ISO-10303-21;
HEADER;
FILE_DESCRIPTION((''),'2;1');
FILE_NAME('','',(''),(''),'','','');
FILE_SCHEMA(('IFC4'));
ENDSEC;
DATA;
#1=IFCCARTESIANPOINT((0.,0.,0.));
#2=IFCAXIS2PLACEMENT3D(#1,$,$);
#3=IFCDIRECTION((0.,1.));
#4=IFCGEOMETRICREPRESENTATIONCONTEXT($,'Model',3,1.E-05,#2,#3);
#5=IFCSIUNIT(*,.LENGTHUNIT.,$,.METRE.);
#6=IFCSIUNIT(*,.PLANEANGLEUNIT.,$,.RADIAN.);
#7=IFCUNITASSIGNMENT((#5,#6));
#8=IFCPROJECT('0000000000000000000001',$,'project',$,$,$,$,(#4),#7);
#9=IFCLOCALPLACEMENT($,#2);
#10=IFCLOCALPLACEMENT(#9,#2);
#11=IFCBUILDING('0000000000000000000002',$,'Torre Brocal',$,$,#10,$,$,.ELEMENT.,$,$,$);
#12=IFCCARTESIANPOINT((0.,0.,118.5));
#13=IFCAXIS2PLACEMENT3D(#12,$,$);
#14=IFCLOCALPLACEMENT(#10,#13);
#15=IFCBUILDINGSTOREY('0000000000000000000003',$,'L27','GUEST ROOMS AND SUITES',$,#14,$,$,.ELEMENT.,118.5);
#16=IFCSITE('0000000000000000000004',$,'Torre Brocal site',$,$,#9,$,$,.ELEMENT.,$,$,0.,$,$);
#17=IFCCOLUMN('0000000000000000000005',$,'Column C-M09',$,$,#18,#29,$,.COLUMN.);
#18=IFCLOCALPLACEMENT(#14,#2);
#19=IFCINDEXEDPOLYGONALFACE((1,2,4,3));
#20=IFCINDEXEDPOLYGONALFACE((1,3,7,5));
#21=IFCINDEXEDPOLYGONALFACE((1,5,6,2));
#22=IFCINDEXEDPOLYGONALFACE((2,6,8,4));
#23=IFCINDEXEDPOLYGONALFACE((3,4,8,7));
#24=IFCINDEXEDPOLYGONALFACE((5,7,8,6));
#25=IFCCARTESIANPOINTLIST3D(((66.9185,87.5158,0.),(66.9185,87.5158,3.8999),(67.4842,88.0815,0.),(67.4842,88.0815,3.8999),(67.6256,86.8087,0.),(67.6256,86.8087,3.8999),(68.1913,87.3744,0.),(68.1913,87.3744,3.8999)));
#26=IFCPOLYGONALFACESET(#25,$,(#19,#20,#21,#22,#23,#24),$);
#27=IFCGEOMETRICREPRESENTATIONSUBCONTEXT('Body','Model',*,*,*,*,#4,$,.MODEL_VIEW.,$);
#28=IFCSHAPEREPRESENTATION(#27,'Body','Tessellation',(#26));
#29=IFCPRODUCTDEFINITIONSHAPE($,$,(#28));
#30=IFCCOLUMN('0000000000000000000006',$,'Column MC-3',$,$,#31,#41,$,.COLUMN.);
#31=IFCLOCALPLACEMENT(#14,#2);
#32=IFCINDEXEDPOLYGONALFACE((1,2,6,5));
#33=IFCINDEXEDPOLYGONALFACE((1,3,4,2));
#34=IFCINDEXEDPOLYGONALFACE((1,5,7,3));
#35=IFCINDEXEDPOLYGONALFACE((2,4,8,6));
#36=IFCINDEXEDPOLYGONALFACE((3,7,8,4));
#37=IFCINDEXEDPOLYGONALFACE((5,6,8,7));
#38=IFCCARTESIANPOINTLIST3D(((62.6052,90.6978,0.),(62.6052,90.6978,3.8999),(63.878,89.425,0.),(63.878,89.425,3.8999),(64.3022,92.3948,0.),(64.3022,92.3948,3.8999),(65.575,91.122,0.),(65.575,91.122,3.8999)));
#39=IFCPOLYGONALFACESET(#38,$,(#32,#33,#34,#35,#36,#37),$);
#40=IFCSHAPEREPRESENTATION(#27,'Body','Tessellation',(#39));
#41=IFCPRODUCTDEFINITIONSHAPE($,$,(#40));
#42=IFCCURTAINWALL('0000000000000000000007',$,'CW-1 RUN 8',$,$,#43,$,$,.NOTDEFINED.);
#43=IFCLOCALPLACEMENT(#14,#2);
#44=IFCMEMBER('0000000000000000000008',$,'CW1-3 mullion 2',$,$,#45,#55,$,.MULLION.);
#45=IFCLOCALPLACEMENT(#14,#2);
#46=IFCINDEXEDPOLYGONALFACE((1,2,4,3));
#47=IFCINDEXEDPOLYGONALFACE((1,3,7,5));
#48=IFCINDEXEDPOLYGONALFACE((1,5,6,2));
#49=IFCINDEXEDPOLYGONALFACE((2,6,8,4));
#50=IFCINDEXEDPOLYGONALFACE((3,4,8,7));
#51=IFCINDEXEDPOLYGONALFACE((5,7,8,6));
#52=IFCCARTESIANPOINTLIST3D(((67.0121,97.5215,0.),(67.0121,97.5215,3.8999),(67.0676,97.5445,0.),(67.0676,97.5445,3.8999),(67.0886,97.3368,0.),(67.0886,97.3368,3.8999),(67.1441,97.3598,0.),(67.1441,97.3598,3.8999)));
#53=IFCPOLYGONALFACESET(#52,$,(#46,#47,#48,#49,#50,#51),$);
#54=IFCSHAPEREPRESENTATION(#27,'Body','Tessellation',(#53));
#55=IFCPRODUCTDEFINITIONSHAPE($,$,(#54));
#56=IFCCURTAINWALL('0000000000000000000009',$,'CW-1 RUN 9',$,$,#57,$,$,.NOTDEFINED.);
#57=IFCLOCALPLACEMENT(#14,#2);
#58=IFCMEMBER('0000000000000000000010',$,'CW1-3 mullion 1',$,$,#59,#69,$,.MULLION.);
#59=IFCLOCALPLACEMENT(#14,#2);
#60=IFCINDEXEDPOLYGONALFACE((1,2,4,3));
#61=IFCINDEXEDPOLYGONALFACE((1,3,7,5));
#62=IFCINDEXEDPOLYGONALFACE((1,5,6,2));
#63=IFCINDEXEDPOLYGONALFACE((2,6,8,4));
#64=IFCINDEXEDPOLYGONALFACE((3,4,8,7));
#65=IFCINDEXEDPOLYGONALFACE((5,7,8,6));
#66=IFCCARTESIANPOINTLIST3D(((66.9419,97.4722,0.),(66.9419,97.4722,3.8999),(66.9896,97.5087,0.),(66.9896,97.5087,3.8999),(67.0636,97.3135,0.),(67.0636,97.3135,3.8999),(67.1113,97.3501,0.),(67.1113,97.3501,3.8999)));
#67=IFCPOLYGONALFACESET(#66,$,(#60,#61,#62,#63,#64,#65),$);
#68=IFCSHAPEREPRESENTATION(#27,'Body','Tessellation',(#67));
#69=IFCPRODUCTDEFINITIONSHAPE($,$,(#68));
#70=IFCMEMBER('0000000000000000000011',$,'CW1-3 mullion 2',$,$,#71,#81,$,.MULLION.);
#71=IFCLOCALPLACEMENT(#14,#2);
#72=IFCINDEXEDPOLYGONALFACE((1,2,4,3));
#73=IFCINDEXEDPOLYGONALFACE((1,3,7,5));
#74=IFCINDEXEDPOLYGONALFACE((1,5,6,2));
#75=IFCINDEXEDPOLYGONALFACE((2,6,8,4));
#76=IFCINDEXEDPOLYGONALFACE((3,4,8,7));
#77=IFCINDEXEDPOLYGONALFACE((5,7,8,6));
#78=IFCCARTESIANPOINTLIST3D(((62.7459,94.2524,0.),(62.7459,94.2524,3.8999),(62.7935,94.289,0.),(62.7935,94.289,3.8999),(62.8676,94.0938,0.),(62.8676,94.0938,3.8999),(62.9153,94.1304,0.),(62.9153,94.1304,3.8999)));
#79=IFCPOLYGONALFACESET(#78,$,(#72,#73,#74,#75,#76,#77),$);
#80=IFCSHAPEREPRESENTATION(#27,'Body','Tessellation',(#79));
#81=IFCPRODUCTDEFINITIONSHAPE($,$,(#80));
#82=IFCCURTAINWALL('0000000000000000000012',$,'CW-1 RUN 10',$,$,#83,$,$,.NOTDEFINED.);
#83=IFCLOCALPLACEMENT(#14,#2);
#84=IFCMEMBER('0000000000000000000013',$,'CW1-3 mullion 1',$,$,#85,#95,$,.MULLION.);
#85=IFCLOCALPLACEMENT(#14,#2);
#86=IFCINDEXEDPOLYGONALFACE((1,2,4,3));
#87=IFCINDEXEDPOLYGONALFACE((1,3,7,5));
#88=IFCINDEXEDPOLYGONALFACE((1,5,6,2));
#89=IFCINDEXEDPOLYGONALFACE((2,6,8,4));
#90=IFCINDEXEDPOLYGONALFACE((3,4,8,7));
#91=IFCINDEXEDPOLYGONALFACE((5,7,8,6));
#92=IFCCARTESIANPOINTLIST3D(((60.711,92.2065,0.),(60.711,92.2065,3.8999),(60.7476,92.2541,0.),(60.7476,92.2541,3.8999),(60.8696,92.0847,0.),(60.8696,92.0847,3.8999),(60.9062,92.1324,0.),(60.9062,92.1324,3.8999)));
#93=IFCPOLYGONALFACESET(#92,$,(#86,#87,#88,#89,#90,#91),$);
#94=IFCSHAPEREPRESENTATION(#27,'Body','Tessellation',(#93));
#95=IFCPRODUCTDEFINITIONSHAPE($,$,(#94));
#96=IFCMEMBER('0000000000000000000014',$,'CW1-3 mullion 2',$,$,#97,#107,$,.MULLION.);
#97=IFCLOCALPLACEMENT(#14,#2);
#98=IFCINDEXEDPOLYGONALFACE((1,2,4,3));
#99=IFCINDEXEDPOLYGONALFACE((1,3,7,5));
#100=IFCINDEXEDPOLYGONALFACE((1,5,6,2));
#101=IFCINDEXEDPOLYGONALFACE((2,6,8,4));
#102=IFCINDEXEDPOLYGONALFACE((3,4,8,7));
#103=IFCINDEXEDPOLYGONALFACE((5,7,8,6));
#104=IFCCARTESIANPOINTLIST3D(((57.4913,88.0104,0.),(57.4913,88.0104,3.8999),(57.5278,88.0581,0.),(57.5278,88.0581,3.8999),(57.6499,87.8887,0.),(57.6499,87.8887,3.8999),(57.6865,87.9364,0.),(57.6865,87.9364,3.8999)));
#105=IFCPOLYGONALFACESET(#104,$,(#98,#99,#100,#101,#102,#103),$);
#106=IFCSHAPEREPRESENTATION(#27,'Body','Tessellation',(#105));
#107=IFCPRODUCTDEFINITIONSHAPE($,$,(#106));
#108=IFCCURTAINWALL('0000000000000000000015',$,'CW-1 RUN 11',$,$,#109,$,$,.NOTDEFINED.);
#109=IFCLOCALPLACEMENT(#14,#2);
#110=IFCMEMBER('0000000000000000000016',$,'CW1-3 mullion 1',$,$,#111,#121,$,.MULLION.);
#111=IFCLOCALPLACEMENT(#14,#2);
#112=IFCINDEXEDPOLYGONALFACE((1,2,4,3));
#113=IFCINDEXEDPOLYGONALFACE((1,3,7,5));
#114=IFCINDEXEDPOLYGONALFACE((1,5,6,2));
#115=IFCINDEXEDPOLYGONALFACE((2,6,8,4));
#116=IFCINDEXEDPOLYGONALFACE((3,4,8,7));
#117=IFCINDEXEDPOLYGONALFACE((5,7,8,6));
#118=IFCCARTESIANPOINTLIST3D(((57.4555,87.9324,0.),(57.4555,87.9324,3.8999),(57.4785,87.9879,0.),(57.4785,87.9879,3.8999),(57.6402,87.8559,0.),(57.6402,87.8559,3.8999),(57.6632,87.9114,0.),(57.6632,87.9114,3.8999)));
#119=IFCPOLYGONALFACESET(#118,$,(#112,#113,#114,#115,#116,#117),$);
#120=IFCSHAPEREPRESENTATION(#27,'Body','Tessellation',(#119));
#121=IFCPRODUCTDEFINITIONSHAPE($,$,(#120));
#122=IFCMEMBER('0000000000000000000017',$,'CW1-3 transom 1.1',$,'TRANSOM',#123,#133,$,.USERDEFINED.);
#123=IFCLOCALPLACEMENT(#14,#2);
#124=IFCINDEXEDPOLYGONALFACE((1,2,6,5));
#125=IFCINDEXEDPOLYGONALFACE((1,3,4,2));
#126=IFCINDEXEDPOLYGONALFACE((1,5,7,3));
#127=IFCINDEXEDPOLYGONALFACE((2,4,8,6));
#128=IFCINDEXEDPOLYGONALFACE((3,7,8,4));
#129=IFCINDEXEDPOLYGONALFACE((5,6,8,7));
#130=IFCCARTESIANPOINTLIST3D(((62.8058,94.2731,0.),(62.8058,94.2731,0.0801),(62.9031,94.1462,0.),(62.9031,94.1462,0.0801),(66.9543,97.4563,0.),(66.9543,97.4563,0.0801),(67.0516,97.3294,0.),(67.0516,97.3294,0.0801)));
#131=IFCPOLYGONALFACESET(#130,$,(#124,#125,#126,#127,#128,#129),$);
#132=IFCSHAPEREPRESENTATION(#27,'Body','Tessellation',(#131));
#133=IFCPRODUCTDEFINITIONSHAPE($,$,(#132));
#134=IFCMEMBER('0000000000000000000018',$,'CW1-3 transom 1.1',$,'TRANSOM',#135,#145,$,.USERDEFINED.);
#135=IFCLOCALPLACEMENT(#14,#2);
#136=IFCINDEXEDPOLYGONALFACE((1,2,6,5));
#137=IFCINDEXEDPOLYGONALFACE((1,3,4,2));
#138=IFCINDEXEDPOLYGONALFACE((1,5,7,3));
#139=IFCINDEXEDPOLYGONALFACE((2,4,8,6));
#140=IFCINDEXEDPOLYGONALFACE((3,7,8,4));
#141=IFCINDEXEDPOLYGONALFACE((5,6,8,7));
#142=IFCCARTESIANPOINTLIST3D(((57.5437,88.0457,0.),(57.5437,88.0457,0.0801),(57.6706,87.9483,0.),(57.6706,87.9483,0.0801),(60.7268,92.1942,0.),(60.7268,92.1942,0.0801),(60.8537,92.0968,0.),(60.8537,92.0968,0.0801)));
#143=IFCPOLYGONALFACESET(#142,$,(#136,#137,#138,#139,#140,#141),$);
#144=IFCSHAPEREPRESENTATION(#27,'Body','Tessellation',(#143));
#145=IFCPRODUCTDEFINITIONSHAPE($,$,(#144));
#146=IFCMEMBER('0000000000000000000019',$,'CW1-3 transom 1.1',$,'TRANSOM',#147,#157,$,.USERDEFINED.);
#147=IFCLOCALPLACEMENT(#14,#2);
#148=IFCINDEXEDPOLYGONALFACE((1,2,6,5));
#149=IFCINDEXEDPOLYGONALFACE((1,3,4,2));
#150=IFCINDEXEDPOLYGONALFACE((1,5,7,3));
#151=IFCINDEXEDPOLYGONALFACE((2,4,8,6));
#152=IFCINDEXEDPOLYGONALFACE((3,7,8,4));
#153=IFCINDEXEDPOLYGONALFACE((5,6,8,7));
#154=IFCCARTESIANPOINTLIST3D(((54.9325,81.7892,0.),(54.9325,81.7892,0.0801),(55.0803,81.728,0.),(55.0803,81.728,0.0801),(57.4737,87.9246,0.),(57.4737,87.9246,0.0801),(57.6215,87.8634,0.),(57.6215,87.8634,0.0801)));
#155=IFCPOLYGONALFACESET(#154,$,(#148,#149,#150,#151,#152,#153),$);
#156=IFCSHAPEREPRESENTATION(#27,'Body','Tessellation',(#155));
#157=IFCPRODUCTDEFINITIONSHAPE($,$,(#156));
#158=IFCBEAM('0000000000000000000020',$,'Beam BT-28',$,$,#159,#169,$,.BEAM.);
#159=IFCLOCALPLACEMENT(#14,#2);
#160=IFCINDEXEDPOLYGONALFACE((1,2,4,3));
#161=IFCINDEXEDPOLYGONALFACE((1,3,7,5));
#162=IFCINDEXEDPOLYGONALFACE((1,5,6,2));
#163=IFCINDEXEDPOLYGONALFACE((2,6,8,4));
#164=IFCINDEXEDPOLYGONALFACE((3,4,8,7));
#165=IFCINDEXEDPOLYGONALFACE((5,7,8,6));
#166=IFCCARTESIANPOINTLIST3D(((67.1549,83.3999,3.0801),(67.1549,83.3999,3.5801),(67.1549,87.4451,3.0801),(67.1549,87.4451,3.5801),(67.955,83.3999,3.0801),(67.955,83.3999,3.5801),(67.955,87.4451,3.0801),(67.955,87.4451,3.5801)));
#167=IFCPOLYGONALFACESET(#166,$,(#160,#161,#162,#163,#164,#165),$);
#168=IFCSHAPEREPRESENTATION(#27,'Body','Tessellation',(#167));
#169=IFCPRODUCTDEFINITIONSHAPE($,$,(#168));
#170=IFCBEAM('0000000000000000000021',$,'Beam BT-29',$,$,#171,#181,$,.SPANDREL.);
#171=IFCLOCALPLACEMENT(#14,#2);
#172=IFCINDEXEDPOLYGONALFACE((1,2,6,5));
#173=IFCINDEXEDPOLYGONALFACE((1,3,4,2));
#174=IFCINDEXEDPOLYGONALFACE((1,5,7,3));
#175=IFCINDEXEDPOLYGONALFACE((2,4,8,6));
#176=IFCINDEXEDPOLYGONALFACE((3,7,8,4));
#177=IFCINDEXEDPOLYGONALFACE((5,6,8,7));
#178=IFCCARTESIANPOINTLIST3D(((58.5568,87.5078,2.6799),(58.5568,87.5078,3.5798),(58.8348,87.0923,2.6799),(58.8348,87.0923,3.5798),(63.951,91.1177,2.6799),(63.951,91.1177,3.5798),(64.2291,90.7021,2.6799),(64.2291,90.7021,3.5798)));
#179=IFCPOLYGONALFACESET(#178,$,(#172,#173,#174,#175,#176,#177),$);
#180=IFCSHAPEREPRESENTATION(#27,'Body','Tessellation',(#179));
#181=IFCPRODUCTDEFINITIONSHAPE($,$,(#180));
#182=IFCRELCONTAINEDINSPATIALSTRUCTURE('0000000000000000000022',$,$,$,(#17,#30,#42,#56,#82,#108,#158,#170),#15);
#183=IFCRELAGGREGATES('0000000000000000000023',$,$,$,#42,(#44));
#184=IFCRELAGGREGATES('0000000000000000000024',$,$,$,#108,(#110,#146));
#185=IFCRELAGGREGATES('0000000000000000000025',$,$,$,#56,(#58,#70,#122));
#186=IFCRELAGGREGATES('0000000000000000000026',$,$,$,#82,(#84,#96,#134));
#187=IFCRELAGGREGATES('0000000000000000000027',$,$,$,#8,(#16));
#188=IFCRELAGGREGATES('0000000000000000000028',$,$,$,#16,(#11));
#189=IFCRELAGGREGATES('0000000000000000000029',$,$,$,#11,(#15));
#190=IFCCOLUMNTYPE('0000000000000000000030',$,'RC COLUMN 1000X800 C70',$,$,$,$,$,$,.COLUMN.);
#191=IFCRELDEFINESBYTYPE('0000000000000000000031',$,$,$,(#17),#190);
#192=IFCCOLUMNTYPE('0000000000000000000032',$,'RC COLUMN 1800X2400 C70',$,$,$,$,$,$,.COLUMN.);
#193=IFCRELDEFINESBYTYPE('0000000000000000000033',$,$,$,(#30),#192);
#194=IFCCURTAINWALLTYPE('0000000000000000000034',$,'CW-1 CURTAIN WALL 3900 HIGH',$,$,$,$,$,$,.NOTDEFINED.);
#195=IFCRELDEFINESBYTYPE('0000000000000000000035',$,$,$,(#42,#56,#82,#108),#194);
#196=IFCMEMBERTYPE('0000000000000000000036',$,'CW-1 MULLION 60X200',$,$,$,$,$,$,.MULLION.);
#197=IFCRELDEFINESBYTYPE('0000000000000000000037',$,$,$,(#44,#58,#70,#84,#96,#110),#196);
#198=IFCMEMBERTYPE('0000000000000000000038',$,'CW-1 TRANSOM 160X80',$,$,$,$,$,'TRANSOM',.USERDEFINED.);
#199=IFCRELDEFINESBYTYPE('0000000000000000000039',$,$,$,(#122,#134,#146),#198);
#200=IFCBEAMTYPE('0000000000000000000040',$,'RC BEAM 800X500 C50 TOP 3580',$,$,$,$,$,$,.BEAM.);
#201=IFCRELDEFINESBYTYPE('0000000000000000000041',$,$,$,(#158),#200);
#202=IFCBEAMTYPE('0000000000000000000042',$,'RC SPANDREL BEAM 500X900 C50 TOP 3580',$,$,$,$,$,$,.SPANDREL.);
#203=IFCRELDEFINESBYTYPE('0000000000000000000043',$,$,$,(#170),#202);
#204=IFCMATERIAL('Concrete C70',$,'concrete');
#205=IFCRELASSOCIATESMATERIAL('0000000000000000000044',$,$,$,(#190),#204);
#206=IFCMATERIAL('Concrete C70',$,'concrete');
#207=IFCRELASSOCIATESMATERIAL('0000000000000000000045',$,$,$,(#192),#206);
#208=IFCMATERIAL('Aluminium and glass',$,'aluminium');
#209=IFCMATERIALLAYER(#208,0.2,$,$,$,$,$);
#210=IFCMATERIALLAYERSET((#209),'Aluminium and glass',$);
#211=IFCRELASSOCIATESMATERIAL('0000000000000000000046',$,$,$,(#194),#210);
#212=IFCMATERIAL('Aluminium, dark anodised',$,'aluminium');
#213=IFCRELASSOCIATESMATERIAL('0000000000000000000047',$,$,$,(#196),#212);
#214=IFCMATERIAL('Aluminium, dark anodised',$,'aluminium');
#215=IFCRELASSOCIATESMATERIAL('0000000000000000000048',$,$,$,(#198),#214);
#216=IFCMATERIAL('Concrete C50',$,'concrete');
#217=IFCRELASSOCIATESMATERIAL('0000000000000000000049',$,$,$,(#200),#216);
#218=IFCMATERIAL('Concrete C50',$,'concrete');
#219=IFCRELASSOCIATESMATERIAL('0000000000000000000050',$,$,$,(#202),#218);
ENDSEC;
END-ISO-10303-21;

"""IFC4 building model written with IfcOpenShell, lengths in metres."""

from ifc_helpers import new_model, si_unit, direction, frame, origin, origin_2d, place, context, subcontext, project, spatial, rectangle, extrude, material, layer, layer_set, material_profile, profile_set, type_object, element, aggregate, save


model = new_model("IFC4")

# Units and contexts
model_context = context("Model", 3, precision=1e-05, world=origin(), true_north=direction((0.0, 1.0)))
body_context = subcontext(model_context, "Body", "Model", "MODEL_VIEW")
ifc_project = project(units=[si_unit("LENGTHUNIT", "METRE"), si_unit("PLANEANGLEUNIT", "RADIAN")], contexts=[model_context])

# Site, building, storey
site_placement = place(None, origin())
site = spatial("IfcSite", under=ifc_project, at=site_placement, Name="Torre Brocal site", CompositionType="ELEMENT", RefElevation=0.0)
building_placement = place(site_placement, origin())
building = spatial("IfcBuilding", under=site, at=building_placement, Name="Torre Brocal", CompositionType="ELEMENT")
storey_placement = place(building_placement, frame((0.0, 0.0, 118.5)))
storey = spatial("IfcBuildingStorey", under=building, at=storey_placement, Name="L27", Description="GUEST ROOMS AND SUITES", CompositionType="ELEMENT", Elevation=118.5)

# Columns
ifc_material_1 = material(Name="Concrete C70", Category="concrete")
ifc_material_profile_1 = material_profile(ifc_material_1, rectangle(XDim=1.0, YDim=0.8, at=origin_2d()), Name="RC 1000X800")
ifc_profile_set_1 = profile_set([ifc_material_profile_1], Name="Concrete C70")
column_type_1 = type_object("IfcColumnType", Name="RC COLUMN 1000X800 C70", PredefinedType="COLUMN", material=ifc_profile_set_1)
column_1_placement = place(storey_placement, frame((67.5549, 87.4451, 0.0), z_axis=(0.0, 0.0, 1.0), x_axis=(-0.707107, 0.707107, 0.0)))
element("IfcColumn", 1, at=column_1_placement, inside=storey, type_object=column_type_1, Name="Column C-M09", PredefinedType="COLUMN", context=body_context, shape_type="SweptSolid", body=[
    extrude(rectangle(XDim=1.0, YDim=0.8, at=origin_2d()), origin(), (0.0, 0.0, 1.0), 3.8999),
])
ifc_material_2 = material(Name="Concrete C70", Category="concrete")
ifc_material_profile_2 = material_profile(ifc_material_2, rectangle(XDim=1.8, YDim=2.3999, at=origin_2d()), Name="RC 1800X2400")
ifc_profile_set_2 = profile_set([ifc_material_profile_2], Name="Concrete C70")
column_type_2 = type_object("IfcColumnType", Name="RC COLUMN 1800X2400 C70", PredefinedType="COLUMN", material=ifc_profile_set_2)
column_2_placement = place(storey_placement, frame((64.0901, 90.9099, 0.0), z_axis=(0.0, 0.0, 1.0), x_axis=(-0.707107, 0.707107, 0.0)))
element("IfcColumn", 2, at=column_2_placement, inside=storey, type_object=column_type_2, Name="Column MC-3", PredefinedType="COLUMN", context=body_context, shape_type="SweptSolid", body=[
    extrude(rectangle(XDim=1.8, YDim=2.3999, at=origin_2d()), origin(), (0.0, 0.0, 1.0), 3.8999),
])

# Curtain wall, member
ifc_material_3 = material(Name="Aluminium and glass", Category="aluminium")
ifc_layer_1 = layer(ifc_material_3, 0.2)
ifc_layer_set_1 = layer_set([ifc_layer_1], Name="Aluminium and glass")
curtain_wall_type = type_object("IfcCurtainWallType", Name="CW-1 CURTAIN WALL 3900 HIGH", PredefinedType="NOTDEFINED", material=ifc_layer_set_1)
curtain_wall_1_placement = place(storey_placement, origin())
curtain_wall_1 = element("IfcCurtainWall", 3, at=curtain_wall_1_placement, inside=storey, type_object=curtain_wall_type, Name="CW-1 RUN 8", PredefinedType="NOTDEFINED")
ifc_material_4 = material(Name="Aluminium, dark anodised", Category="aluminium")
ifc_material_profile_3 = material_profile(ifc_material_4, rectangle(XDim=0.2, YDim=0.0601, at=origin_2d()), Name="CW-1 MULLION 60X200")
ifc_profile_set_3 = profile_set([ifc_material_profile_3], Name="Aluminium, dark anodised")
member_type_1 = type_object("IfcMemberType", Name="CW-1 MULLION 60X200", PredefinedType="MULLION", material=ifc_profile_set_3)
member_1_placement = place(storey_placement, frame((67.0781, 97.4407, 0.0), z_axis=(0.0, 0.0, 1.0), x_axis=(0.382683, -0.92388, 0.0)))
member_1 = element("IfcMember", 4, at=member_1_placement, type_object=member_type_1, Name="CW1-3 mullion 2", PredefinedType="MULLION", context=body_context, shape_type="SweptSolid", body=[
    extrude(rectangle(XDim=0.2, YDim=0.0601, at=origin_2d()), origin(), (0.0, 0.0, 1.0), 3.8999),
])
aggregate(curtain_wall_1, [member_1])

# Curtain walls, members
curtain_wall_2_placement = place(storey_placement, origin())
curtain_wall_2 = element("IfcCurtainWall", 5, at=curtain_wall_2_placement, inside=storey, type_object=curtain_wall_type, Name="CW-1 RUN 9", PredefinedType="NOTDEFINED")
member_2_placement = place(storey_placement, frame((67.0266, 97.4111, 0.0), z_axis=(0.0, 0.0, 1.0), x_axis=(0.608761, -0.793353, 0.0)))
member_2 = element("IfcMember", 6, at=member_2_placement, type_object=member_type_1, Name="CW1-3 mullion 1", PredefinedType="MULLION", context=body_context, shape_type="SweptSolid", body=[
    extrude(rectangle(XDim=0.2, YDim=0.0601, at=origin_2d()), origin(), (0.0, 0.0, 1.0), 3.8999),
])
member_3_placement = place(storey_placement, frame((62.8306, 94.1914, 0.0), z_axis=(0.0, 0.0, 1.0), x_axis=(0.608761, -0.793353, 0.0)))
member_3 = element("IfcMember", 7, at=member_3_placement, type_object=member_type_1, Name="CW1-3 mullion 2", PredefinedType="MULLION", context=body_context, shape_type="SweptSolid", body=[
    extrude(rectangle(XDim=0.2, YDim=0.0601, at=origin_2d()), origin(), (0.0, 0.0, 1.0), 3.8999),
])
curtain_wall_3_placement = place(storey_placement, origin())
curtain_wall_3 = element("IfcCurtainWall", 8, at=curtain_wall_3_placement, inside=storey, type_object=curtain_wall_type, Name="CW-1 RUN 10", PredefinedType="NOTDEFINED")
member_4_placement = place(storey_placement, frame((60.8086, 92.1694, 0.0), z_axis=(0.0, 0.0, 1.0), x_axis=(0.793353, -0.608761, 0.0)))
member_4 = element("IfcMember", 9, at=member_4_placement, type_object=member_type_1, Name="CW1-3 mullion 1", PredefinedType="MULLION", context=body_context, shape_type="SweptSolid", body=[
    extrude(rectangle(XDim=0.2, YDim=0.0601, at=origin_2d()), origin(), (0.0, 0.0, 1.0), 3.8999),
])
member_5_placement = place(storey_placement, frame((57.5889, 87.9734, 0.0), z_axis=(0.0, 0.0, 1.0), x_axis=(0.793353, -0.608761, 0.0)))
member_5 = element("IfcMember", 10, at=member_5_placement, type_object=member_type_1, Name="CW1-3 mullion 2", PredefinedType="MULLION", context=body_context, shape_type="SweptSolid", body=[
    extrude(rectangle(XDim=0.2, YDim=0.0601, at=origin_2d()), origin(), (0.0, 0.0, 1.0), 3.8999),
])

# Curtain wall, member
curtain_wall_4_placement = place(storey_placement, origin())
curtain_wall_4 = element("IfcCurtainWall", 11, at=curtain_wall_4_placement, inside=storey, type_object=curtain_wall_type, Name="CW-1 RUN 11", PredefinedType="NOTDEFINED")
member_6_placement = place(storey_placement, frame((57.5593, 87.9219, 0.0), z_axis=(0.0, 0.0, 1.0), x_axis=(0.92388, -0.382683, 0.0)))
member_6 = element("IfcMember", 12, at=member_6_placement, type_object=member_type_1, Name="CW1-3 mullion 1", PredefinedType="MULLION", context=body_context, shape_type="SweptSolid", body=[
    extrude(rectangle(XDim=0.2, YDim=0.0601, at=origin_2d()), origin(), (0.0, 0.0, 1.0), 3.8999),
])

# Members
ifc_material_5 = material(Name="Aluminium, dark anodised", Category="aluminium")
ifc_material_profile_4 = material_profile(ifc_material_5, rectangle(XDim=0.1599, YDim=0.0801, at=origin_2d()), Name="CW-1 TRANSOM 160X80")
ifc_profile_set_4 = profile_set([ifc_material_profile_4], Name="Aluminium, dark anodised")
member_type_2 = type_object("IfcMemberType", Name="CW-1 TRANSOM 160X80", ElementType="TRANSOM", PredefinedType="USERDEFINED", material=ifc_profile_set_4)
member_7_placement = place(storey_placement, frame((67.0029, 97.3928, 0.04), z_axis=(-0.793363, -0.608749, 0.0), x_axis=(0.608749, -0.793363, 0.0)))
member_7 = element("IfcMember", 13, at=member_7_placement, type_object=member_type_2, Name="CW1-3 transom 1.1", ObjectType="TRANSOM", PredefinedType="USERDEFINED", context=body_context, shape_type="SweptSolid", body=[
    extrude(rectangle(XDim=0.1599, YDim=0.0801, at=origin_2d()), origin(), (0.0, 0.0, 1.0), 5.229),
])
member_8_placement = place(storey_placement, frame((60.7903, 92.1455, 0.04), z_axis=(-0.608749, -0.793363, 0.0), x_axis=(0.793363, -0.608749, 0.0)))
member_8 = element("IfcMember", 14, at=member_8_placement, type_object=member_type_2, Name="CW1-3 transom 1.1", ObjectType="TRANSOM", PredefinedType="USERDEFINED", context=body_context, shape_type="SweptSolid", body=[
    extrude(rectangle(XDim=0.1599, YDim=0.0801, at=origin_2d()), origin(), (0.0, 0.0, 1.0), 5.229),
])
member_9_placement = place(storey_placement, frame((57.5476, 87.894, 0.04), z_axis=(-0.382665, -0.923887, 0.0), x_axis=(0.923887, -0.382665, 0.0)))
member_9 = element("IfcMember", 15, at=member_9_placement, type_object=member_type_2, Name="CW1-3 transom 1.1", ObjectType="TRANSOM", PredefinedType="USERDEFINED", context=body_context, shape_type="SweptSolid", body=[
    extrude(rectangle(XDim=0.1599, YDim=0.0801, at=origin_2d()), origin(), (0.0, 0.0, 1.0), 6.6409),
])
aggregate(curtain_wall_4, [member_6, member_9])

# Beams
ifc_material_6 = material(Name="Concrete C50", Category="concrete")
ifc_material_profile_5 = material_profile(ifc_material_6, rectangle(XDim=0.8, YDim=0.5, at=origin_2d()), Name="RC 800X500")
ifc_profile_set_5 = profile_set([ifc_material_profile_5], Name="Concrete C50")
beam_type_1 = type_object("IfcBeamType", Name="RC BEAM 800X500 C50 TOP 3580", PredefinedType="BEAM", material=ifc_profile_set_5)
beam_1_placement = place(storey_placement, frame((67.5549, 87.4451, 3.3301), z_axis=(0.0, -1.0, 0.0), x_axis=(1.0, 0.0, 0.0)))
element("IfcBeam", 16, at=beam_1_placement, inside=storey, type_object=beam_type_1, Name="Beam BT-28", PredefinedType="BEAM", context=body_context, shape_type="SweptSolid", body=[
    extrude(rectangle(XDim=0.8, YDim=0.5, at=origin_2d()), origin(), (0.0, 0.0, 1.0), 4.0452),
])
ifc_material_7 = material(Name="Concrete C50", Category="concrete")
ifc_material_profile_6 = material_profile(ifc_material_7, rectangle(XDim=0.5, YDim=0.8999, at=origin_2d()), Name="RC 500X900")
ifc_profile_set_6 = profile_set([ifc_material_profile_6], Name="Concrete C50")
beam_type_2 = type_object("IfcBeamType", Name="RC SPANDREL BEAM 500X900 C50 TOP 3580", PredefinedType="SPANDREL", material=ifc_profile_set_6)
beam_2_placement = place(storey_placement, frame((64.0901, 90.9099, 3.1299), z_axis=(-0.831077, -0.556158, 0.0), x_axis=(0.556158, -0.831077, 0.0)))
element("IfcBeam", 17, at=beam_2_placement, inside=storey, type_object=beam_type_2, Name="Beam BT-29", PredefinedType="SPANDREL", context=body_context, shape_type="SweptSolid", body=[
    extrude(rectangle(XDim=0.5, YDim=0.8999, at=origin_2d()), origin(), (0.0, 0.0, 1.0), 6.4907),
])

aggregate(curtain_wall_2, [member_2, member_3, member_7])
aggregate(curtain_wall_3, [member_4, member_5, member_8])

save(model, "model.ifc")
